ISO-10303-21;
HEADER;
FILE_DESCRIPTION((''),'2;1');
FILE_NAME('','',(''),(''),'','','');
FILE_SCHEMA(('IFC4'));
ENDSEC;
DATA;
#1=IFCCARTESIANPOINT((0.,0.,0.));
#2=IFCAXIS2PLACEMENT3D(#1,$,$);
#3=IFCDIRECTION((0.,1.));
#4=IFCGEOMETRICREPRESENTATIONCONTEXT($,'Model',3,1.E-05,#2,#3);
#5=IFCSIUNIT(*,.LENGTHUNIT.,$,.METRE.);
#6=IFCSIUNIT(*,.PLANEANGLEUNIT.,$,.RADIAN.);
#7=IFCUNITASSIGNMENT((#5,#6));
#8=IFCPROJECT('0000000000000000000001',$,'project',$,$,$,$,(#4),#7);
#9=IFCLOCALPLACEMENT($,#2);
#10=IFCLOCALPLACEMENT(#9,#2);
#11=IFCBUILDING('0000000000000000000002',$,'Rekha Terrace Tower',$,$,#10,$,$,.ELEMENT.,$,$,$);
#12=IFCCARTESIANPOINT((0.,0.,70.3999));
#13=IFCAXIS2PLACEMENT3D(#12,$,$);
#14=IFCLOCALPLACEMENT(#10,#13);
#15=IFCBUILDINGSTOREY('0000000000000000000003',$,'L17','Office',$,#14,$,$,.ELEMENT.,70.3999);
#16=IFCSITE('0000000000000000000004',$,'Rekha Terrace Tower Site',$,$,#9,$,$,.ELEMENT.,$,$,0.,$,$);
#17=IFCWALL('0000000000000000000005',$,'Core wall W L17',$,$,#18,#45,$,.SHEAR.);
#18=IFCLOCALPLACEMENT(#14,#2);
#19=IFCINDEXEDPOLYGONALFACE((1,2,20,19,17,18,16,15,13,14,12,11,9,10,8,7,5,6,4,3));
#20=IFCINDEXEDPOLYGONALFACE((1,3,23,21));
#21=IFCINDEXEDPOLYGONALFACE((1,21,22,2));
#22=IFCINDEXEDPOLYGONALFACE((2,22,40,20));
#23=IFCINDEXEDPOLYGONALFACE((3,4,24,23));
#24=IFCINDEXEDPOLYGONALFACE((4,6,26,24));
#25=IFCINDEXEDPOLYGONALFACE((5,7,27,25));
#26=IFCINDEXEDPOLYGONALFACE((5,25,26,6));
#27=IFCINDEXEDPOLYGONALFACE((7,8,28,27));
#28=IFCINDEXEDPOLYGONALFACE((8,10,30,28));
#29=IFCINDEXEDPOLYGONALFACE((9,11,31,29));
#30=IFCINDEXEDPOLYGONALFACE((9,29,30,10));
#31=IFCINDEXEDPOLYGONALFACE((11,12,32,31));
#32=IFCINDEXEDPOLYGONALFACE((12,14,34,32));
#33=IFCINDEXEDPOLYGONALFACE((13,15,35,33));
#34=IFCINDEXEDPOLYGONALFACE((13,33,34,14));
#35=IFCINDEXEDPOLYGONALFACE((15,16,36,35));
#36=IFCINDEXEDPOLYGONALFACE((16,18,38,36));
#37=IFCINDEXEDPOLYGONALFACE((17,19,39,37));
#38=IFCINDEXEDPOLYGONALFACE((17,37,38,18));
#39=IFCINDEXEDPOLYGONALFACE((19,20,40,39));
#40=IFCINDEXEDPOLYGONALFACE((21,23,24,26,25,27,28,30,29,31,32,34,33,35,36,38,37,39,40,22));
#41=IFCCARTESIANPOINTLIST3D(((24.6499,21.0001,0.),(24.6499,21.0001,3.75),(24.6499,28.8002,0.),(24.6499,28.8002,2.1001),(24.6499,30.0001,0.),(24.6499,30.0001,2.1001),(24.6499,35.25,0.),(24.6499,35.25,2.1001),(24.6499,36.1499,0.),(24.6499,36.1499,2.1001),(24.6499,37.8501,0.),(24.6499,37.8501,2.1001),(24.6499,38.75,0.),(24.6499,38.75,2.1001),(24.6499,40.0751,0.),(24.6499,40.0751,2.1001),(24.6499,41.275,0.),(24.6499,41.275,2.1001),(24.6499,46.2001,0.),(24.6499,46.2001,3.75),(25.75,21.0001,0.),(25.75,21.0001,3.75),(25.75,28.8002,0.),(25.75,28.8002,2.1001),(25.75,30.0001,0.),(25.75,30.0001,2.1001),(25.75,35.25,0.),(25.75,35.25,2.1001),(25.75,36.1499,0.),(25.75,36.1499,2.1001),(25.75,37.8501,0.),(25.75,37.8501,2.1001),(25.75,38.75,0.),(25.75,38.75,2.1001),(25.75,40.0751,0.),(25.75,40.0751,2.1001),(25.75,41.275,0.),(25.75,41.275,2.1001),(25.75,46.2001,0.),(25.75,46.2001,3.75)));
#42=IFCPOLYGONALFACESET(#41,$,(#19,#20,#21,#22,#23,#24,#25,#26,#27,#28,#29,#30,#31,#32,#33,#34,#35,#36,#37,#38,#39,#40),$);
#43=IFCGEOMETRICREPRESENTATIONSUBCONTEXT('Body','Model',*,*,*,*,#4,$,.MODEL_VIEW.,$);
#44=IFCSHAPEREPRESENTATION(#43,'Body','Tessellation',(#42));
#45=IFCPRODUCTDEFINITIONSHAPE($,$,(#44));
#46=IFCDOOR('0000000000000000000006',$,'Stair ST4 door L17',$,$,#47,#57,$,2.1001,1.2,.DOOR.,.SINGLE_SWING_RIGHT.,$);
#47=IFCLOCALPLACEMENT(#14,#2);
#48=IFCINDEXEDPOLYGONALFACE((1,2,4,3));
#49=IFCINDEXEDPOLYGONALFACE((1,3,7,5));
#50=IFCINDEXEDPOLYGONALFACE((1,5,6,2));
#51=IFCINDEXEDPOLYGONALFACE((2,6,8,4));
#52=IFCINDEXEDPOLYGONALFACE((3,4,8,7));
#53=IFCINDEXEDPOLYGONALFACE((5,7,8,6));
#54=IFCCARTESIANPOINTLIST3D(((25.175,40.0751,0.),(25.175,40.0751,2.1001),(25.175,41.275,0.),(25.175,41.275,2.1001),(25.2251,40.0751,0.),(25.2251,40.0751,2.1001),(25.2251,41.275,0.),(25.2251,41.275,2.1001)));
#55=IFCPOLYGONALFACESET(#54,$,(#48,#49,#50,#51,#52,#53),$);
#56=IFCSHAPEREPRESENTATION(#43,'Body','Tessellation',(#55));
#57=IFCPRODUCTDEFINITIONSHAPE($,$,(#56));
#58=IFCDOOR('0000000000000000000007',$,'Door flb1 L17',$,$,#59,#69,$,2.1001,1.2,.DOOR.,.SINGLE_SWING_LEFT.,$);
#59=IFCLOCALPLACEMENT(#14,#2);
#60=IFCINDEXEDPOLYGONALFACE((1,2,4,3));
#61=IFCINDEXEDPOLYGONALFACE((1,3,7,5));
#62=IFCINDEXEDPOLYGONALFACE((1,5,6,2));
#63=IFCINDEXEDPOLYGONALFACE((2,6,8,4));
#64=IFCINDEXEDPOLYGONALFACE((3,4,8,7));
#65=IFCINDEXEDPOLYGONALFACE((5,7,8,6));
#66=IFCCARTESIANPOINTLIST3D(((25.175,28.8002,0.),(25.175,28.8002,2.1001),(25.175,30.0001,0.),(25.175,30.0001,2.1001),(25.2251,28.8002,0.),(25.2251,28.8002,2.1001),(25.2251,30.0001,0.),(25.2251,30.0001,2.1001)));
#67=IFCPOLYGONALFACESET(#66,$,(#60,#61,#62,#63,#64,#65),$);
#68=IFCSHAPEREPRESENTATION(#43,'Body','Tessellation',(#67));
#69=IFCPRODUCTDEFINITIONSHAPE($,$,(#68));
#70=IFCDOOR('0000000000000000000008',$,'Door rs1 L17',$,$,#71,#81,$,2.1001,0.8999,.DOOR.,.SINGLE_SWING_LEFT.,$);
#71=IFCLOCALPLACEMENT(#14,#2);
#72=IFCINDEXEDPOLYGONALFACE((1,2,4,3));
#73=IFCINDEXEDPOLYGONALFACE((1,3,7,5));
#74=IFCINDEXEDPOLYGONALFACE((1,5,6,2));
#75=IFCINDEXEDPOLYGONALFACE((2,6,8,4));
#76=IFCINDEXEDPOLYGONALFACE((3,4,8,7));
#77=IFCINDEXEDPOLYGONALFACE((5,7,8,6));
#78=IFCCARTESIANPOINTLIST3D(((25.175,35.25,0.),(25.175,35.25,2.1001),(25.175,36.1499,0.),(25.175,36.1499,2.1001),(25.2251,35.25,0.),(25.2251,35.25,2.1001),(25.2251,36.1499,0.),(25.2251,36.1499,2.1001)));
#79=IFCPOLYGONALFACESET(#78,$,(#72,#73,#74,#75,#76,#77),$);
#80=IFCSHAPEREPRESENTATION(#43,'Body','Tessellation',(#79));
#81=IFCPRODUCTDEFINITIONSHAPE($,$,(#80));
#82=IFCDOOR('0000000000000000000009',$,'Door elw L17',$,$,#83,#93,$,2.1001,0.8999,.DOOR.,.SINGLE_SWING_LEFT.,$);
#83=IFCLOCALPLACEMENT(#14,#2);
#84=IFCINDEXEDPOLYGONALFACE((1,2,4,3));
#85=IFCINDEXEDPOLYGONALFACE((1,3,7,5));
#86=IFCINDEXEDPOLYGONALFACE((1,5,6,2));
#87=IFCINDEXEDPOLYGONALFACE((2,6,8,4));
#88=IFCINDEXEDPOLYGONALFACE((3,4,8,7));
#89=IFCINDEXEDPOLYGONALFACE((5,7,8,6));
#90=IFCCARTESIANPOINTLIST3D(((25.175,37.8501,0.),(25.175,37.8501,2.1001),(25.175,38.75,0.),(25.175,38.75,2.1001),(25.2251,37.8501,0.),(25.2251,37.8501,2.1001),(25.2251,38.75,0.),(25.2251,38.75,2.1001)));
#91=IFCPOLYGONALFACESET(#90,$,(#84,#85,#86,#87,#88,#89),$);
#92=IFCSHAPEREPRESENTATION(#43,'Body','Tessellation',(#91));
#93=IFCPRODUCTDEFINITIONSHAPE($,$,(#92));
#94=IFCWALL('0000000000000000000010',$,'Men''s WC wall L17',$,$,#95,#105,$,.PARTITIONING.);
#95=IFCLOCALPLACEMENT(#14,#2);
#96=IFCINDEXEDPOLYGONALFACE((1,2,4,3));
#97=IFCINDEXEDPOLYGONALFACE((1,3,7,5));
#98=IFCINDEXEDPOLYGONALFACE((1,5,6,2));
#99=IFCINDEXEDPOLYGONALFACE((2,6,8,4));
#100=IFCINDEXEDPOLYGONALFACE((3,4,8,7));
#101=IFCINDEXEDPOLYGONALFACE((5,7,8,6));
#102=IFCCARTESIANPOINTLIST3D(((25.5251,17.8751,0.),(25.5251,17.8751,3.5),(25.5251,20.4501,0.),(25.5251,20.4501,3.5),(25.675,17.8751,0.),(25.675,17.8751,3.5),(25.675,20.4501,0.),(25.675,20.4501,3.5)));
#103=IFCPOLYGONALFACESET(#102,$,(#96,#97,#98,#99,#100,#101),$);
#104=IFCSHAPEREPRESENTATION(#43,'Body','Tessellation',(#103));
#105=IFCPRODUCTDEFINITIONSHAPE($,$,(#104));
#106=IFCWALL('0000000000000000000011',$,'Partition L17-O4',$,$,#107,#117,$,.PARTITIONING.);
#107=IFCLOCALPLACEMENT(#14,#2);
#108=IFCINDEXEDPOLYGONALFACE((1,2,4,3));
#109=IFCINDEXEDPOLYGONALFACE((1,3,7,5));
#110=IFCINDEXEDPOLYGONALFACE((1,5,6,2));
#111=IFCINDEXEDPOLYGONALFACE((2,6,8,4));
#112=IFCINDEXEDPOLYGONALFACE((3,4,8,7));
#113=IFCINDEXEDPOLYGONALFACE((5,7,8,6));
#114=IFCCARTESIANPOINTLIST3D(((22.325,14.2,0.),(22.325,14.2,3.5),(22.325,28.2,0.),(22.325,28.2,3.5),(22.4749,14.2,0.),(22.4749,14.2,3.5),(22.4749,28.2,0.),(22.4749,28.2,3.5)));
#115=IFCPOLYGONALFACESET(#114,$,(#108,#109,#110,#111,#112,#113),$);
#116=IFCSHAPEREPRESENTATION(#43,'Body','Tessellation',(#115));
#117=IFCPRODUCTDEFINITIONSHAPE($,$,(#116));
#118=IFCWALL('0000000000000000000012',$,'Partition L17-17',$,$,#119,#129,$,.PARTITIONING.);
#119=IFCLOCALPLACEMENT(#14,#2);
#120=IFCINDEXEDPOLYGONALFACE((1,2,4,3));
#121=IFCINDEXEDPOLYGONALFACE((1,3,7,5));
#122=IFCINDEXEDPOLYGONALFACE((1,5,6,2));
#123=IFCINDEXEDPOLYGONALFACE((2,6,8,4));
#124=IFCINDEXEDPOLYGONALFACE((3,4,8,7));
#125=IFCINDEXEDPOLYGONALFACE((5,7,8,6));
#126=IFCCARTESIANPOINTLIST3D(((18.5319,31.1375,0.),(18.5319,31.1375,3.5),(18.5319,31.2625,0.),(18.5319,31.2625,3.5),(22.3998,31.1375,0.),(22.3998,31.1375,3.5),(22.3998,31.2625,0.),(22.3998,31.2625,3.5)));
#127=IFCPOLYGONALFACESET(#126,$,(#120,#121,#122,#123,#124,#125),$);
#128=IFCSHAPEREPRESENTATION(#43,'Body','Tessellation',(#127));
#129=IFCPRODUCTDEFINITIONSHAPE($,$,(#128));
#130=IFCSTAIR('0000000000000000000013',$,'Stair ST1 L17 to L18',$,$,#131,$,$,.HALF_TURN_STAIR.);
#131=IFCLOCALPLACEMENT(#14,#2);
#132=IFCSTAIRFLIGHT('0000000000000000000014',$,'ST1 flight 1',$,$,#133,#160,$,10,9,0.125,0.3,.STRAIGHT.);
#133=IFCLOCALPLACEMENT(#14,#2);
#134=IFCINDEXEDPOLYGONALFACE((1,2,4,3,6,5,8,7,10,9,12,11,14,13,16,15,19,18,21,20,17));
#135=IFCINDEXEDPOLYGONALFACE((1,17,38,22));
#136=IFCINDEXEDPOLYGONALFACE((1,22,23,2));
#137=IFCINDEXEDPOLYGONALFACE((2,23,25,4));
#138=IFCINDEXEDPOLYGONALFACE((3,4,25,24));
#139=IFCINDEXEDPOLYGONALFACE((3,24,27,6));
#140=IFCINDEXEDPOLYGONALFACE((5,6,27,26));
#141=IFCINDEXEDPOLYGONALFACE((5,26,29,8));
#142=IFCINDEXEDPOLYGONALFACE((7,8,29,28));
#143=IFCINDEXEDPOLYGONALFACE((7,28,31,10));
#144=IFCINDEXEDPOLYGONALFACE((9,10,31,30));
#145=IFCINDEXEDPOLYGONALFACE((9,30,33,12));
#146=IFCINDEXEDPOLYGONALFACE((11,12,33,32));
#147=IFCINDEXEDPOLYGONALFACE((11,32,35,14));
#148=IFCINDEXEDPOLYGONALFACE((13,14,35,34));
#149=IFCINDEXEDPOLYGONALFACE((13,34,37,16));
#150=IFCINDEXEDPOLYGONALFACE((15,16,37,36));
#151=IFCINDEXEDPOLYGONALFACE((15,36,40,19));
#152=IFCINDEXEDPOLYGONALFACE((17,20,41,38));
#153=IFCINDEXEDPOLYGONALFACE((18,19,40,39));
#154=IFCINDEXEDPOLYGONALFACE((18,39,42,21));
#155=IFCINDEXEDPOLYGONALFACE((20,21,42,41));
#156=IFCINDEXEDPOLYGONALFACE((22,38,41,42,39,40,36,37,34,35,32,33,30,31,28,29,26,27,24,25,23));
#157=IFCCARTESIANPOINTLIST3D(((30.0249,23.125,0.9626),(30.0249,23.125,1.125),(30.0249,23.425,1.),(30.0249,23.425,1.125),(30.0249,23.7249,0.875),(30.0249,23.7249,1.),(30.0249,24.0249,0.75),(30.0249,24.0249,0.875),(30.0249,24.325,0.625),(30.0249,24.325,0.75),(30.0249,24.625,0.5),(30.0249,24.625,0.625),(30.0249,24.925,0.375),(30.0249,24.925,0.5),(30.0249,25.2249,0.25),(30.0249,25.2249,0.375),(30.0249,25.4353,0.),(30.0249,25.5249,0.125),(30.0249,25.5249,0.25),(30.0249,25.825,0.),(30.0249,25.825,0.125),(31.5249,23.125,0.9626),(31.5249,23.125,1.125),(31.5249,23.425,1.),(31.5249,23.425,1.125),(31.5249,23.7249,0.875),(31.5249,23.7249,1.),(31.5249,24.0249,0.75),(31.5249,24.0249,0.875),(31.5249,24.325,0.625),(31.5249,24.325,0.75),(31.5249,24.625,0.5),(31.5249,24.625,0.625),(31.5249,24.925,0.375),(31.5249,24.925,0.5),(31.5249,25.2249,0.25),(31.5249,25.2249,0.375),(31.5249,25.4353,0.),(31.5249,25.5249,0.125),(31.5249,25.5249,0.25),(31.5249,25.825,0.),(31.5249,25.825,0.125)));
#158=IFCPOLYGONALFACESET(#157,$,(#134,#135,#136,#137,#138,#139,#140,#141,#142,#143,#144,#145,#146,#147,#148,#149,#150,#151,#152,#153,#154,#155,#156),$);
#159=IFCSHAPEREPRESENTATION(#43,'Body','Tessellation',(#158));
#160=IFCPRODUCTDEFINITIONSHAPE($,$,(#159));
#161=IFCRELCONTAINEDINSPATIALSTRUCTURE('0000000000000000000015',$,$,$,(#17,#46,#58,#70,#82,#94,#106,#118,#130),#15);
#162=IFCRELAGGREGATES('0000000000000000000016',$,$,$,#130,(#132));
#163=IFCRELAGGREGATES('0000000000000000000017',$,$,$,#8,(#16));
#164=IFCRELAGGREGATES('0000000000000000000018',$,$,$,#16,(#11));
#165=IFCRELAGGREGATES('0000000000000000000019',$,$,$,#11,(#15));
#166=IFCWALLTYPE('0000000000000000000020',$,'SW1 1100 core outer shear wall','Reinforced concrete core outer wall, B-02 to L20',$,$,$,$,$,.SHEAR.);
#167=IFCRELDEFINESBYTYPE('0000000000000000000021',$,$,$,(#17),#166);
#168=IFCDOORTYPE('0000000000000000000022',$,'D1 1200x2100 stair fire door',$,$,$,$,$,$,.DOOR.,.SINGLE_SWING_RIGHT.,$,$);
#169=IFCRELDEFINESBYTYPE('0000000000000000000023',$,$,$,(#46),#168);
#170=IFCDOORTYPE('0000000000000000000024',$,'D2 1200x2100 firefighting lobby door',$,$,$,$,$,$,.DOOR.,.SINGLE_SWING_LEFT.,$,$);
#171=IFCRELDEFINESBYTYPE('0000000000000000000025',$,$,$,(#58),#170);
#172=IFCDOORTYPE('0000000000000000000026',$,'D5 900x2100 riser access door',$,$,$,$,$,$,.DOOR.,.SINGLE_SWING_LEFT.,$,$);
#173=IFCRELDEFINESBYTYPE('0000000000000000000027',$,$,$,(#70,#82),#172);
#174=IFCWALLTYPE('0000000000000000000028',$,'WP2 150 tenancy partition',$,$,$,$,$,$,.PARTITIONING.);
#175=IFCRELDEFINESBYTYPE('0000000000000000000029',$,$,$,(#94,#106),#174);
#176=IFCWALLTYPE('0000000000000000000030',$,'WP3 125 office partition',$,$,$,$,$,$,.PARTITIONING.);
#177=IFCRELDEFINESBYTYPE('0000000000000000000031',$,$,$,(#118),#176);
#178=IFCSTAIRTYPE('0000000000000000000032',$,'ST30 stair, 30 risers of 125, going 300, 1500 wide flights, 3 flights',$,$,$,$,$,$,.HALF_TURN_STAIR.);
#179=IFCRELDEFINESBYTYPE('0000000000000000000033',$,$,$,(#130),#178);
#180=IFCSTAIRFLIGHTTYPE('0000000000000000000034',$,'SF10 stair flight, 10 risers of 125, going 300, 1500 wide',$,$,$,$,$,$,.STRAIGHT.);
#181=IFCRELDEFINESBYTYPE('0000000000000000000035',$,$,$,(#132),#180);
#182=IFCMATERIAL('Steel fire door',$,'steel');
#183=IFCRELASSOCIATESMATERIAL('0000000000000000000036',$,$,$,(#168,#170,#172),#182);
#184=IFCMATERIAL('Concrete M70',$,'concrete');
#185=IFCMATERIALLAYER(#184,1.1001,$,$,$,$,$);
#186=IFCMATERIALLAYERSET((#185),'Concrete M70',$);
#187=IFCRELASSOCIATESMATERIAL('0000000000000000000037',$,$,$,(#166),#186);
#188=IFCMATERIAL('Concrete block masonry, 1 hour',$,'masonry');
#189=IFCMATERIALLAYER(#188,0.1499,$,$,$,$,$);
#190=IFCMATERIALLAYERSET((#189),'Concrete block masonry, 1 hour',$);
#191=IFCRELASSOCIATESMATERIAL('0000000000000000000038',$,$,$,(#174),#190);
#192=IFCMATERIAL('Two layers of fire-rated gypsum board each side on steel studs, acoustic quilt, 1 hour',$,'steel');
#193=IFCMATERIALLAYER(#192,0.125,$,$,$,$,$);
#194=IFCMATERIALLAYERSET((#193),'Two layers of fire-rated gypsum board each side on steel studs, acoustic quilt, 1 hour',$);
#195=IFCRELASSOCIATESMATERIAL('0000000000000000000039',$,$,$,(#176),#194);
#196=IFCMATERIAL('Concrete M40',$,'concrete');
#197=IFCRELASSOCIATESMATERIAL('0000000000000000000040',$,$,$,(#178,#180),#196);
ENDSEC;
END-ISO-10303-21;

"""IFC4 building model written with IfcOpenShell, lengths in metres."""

from ifc_helpers import new_model, si_unit, direction, frame, frame_2d, origin, place, context, subcontext, project, spatial, polyline, rectangle, outline, extrude, material, layer, layer_set, type_object, element, fill, aggregate, save


model = new_model("IFC4")

# Units and contexts
model_context = context("Model", 3, precision=1e-05, world=origin(), true_north=direction((0.0, 1.0)))
body_context = subcontext(model_context, "Body", "Model", "MODEL_VIEW")
ifc_project = project(units=[si_unit("LENGTHUNIT", "METRE"), si_unit("PLANEANGLEUNIT", "RADIAN")], contexts=[model_context])

# Site, building, storey
site_placement = place(None, origin())
site = spatial("IfcSite", under=ifc_project, at=site_placement, Name="Rekha Terrace Tower Site", CompositionType="ELEMENT", RefElevation=0.0)
building_placement = place(site_placement, origin())
building = spatial("IfcBuilding", under=site, at=building_placement, Name="Rekha Terrace Tower", CompositionType="ELEMENT")
storey_placement = place(building_placement, frame((0.0, 0.0, 70.3999)))
storey = spatial("IfcBuildingStorey", under=building, at=storey_placement, Name="L17", Description="Office", CompositionType="ELEMENT", Elevation=70.3999)

# Shared definitions
ifc_material_1 = material(Name="Concrete M70", Category="concrete")
ifc_material_2 = material(Name="Steel fire door", Category="steel")
door_type_1 = type_object("IfcDoorType", Name="D1 1200x2100 stair fire door", OperationType="SINGLE_SWING_RIGHT", PredefinedType="DOOR", material=ifc_material_2)

# Shared definitions
ifc_layer_1 = layer(ifc_material_1, 1.1001)
ifc_layer_set_1 = layer_set([ifc_layer_1], Name="Concrete M70")
wall_type_1 = type_object("IfcWallType", Name="SW1 1100 core outer shear wall", Description="Reinforced concrete core outer wall, B-02 to L20", PredefinedType="SHEAR", material=ifc_layer_set_1)

# Wall, openings, doors
wall_1_placement = place(storey_placement, frame((25.2, 21.0, 0.0), z_axis=(0.0, 0.0, 1.0), x_axis=(0.0, 1.0, 0.0)))
wall_1 = element("IfcWall", 1, at=wall_1_placement, inside=storey, type_object=wall_type_1, Name="Core wall W L17", PredefinedType="SHEAR", context=body_context, shape_type="SweptSolid", body=[
    extrude(rectangle(XDim=25.2, YDim=1.1001, at=frame_2d((12.6001, 0.0))), origin(), (0.0, 0.0, 1.0), 3.75),
])
opening_1_placement = place(wall_1_placement, frame((7.8, 0.0, 0.0)))
opening_1 = element("IfcOpeningElement", 2, at=opening_1_placement, cuts=wall_1, PredefinedType="OPENING", context=body_context, shape_type="SweptSolid", body=[
    extrude(rectangle(XDim=1.2, YDim=2.1001, at=frame_2d((0.6001, 1.05))), frame((0.0, 0.5601, 0.0), z_axis=(0.0, -1.0, 0.0), x_axis=(1.0, 0.0, 0.0)), (0.0, 0.0, 1.0), 1.1201),
])
opening_2_placement = place(wall_1_placement, frame((14.25, 0.0, 0.0)))
opening_2 = element("IfcOpeningElement", 3, at=opening_2_placement, cuts=wall_1, PredefinedType="OPENING", context=body_context, shape_type="SweptSolid", body=[
    extrude(rectangle(XDim=0.8999, YDim=2.1001, at=frame_2d((0.45, 1.05))), frame((0.0, 0.5601, 0.0), z_axis=(0.0, -1.0, 0.0), x_axis=(1.0, 0.0, 0.0)), (0.0, 0.0, 1.0), 1.1201),
])
opening_3_placement = place(wall_1_placement, frame((16.8501, 0.0, 0.0)))
opening_3 = element("IfcOpeningElement", 4, at=opening_3_placement, cuts=wall_1, PredefinedType="OPENING", context=body_context, shape_type="SweptSolid", body=[
    extrude(rectangle(XDim=0.8999, YDim=2.1001, at=frame_2d((0.45, 1.05))), frame((0.0, 0.5601, 0.0), z_axis=(0.0, -1.0, 0.0), x_axis=(1.0, 0.0, 0.0)), (0.0, 0.0, 1.0), 1.1201),
])
opening_4_placement = place(wall_1_placement, frame((19.075, 0.0, 0.0)))
opening_4 = element("IfcOpeningElement", 5, at=opening_4_placement, cuts=wall_1, PredefinedType="OPENING", context=body_context, shape_type="SweptSolid", body=[
    extrude(rectangle(XDim=1.2, YDim=2.1001, at=frame_2d((0.6001, 1.05))), frame((0.0, 0.5601, 0.0), z_axis=(0.0, -1.0, 0.0), x_axis=(1.0, 0.0, 0.0)), (0.0, 0.0, 1.0), 1.1201),
])
door_1_placement = place(opening_4_placement, origin())
door_1 = element("IfcDoor", 6, at=door_1_placement, inside=storey, type_object=door_type_1, Name="Stair ST4 door L17", OperationType="SINGLE_SWING_RIGHT", OverallHeight=2.1001, OverallWidth=1.2, PredefinedType="DOOR", context=body_context, shape_type="SweptSolid", body=[
    extrude(rectangle(XDim=1.2, YDim=2.1001, at=frame_2d((0.6001, 1.05))), frame((0.0, 0.0249, 0.0), z_axis=(0.0, -1.0, 0.0), x_axis=(1.0, 0.0, 0.0)), (0.0, 0.0, 1.0), 0.05),
])
fill(opening_4, door_1)
door_type_2 = type_object("IfcDoorType", Name="D2 1200x2100 firefighting lobby door", OperationType="SINGLE_SWING_LEFT", PredefinedType="DOOR", material=ifc_material_2)
door_2_placement = place(opening_1_placement, origin())
door_2 = element("IfcDoor", 7, at=door_2_placement, inside=storey, type_object=door_type_2, Name="Door flb1 L17", OperationType="SINGLE_SWING_LEFT", OverallHeight=2.1001, OverallWidth=1.2, PredefinedType="DOOR", context=body_context, shape_type="SweptSolid", body=[
    extrude(rectangle(XDim=1.2, YDim=2.1001, at=frame_2d((0.6001, 1.05))), frame((0.0, 0.0249, 0.0), z_axis=(0.0, -1.0, 0.0), x_axis=(1.0, 0.0, 0.0)), (0.0, 0.0, 1.0), 0.05),
])
fill(opening_1, door_2)
door_type_3 = type_object("IfcDoorType", Name="D5 900x2100 riser access door", OperationType="SINGLE_SWING_LEFT", PredefinedType="DOOR", material=ifc_material_2)
door_3_placement = place(opening_2_placement, origin())
door_3 = element("IfcDoor", 8, at=door_3_placement, inside=storey, type_object=door_type_3, Name="Door rs1 L17", OperationType="SINGLE_SWING_LEFT", OverallHeight=2.1001, OverallWidth=0.8999, PredefinedType="DOOR", context=body_context, shape_type="SweptSolid", body=[
    extrude(rectangle(XDim=0.8999, YDim=2.1001, at=frame_2d((0.45, 1.05))), frame((0.0, 0.0249, 0.0), z_axis=(0.0, -1.0, 0.0), x_axis=(1.0, 0.0, 0.0)), (0.0, 0.0, 1.0), 0.05),
])
fill(opening_2, door_3)
door_4_placement = place(opening_3_placement, origin())
door_4 = element("IfcDoor", 9, at=door_4_placement, inside=storey, type_object=door_type_3, Name="Door elw L17", OperationType="SINGLE_SWING_LEFT", OverallHeight=2.1001, OverallWidth=0.8999, PredefinedType="DOOR", context=body_context, shape_type="SweptSolid", body=[
    extrude(rectangle(XDim=0.8999, YDim=2.1001, at=frame_2d((0.45, 1.05))), frame((0.0, 0.0249, 0.0), z_axis=(0.0, -1.0, 0.0), x_axis=(1.0, 0.0, 0.0)), (0.0, 0.0, 1.0), 0.05),
])
fill(opening_3, door_4)

# Walls
ifc_material_3 = material(Name="Concrete block masonry, 1 hour", Category="masonry")
ifc_layer_2 = layer(ifc_material_3, 0.1499)
ifc_layer_set_2 = layer_set([ifc_layer_2], Name="Concrete block masonry, 1 hour")
wall_type_2 = type_object("IfcWallType", Name="WP2 150 tenancy partition", PredefinedType="PARTITIONING", material=ifc_layer_set_2)
wall_2_placement = place(storey_placement, frame((25.6001, 17.875, 0.0), z_axis=(0.0, 0.0, 1.0), x_axis=(0.0, 1.0, 0.0)))
element("IfcWall", 10, at=wall_2_placement, inside=storey, type_object=wall_type_2, Name="Men's WC wall L17", PredefinedType="PARTITIONING", context=body_context, shape_type="SweptSolid", body=[
    extrude(rectangle(XDim=2.575, YDim=0.1499, at=frame_2d((1.2876, 0.0))), origin(), (0.0, 0.0, 1.0), 3.5),
])
wall_3_placement = place(storey_placement, frame((22.3999, 28.2, 0.0), z_axis=(0.0, 0.0, 1.0), x_axis=(0.0, -1.0, 0.0)))
element("IfcWall", 11, at=wall_3_placement, inside=storey, type_object=wall_type_2, Name="Partition L17-O4", PredefinedType="PARTITIONING", context=body_context, shape_type="SweptSolid", body=[
    extrude(rectangle(XDim=14.0, YDim=0.1499, at=frame_2d((7.0, 0.0))), origin(), (0.0, 0.0, 1.0), 3.5),
])
ifc_material_4 = material(Name="Two layers of fire-rated gypsum board each side on steel studs, acoustic quilt, 1 hour", Category="steel")
ifc_layer_3 = layer(ifc_material_4, 0.125)
ifc_layer_set_3 = layer_set([ifc_layer_3], Name="Two layers of fire-rated gypsum board each side on steel studs, acoustic quilt, 1 hour")
wall_type_3 = type_object("IfcWallType", Name="WP3 125 office partition", PredefinedType="PARTITIONING", material=ifc_layer_set_3)
wall_4_placement = place(storey_placement, frame((22.3999, 31.2, 0.0), z_axis=(0.0, 0.0, 1.0), x_axis=(-1.0, 0.0, 0.0)))
element("IfcWall", 12, at=wall_4_placement, inside=storey, type_object=wall_type_3, Name="Partition L17-17", PredefinedType="PARTITIONING", context=body_context, shape_type="SweptSolid", body=[
    extrude(rectangle(XDim=3.8679, YDim=0.125, at=frame_2d((1.9341, 0.0))), origin(), (0.0, 0.0, 1.0), 3.5),
])

# Stair, stair flight
ifc_material_5 = material(Name="Concrete M40", Category="concrete")
stair_type = type_object("IfcStairType", Name="ST30 stair, 30 risers of 125, going 300, 1500 wide flights, 3 flights", PredefinedType="HALF_TURN_STAIR", material=ifc_material_5)
stair_1_placement = place(storey_placement, origin())
stair_1 = element("IfcStair", 13, at=stair_1_placement, inside=storey, type_object=stair_type, Name="Stair ST1 L17 to L18", PredefinedType="HALF_TURN_STAIR")
stair_flight_type = type_object("IfcStairFlightType", Name="SF10 stair flight, 10 risers of 125, going 300, 1500 wide", PredefinedType="STRAIGHT", material=ifc_material_5)
stair_flight_1_placement = place(storey_placement, frame((30.7749, 25.825, 0.0), z_axis=(0.0, 0.0, 1.0), x_axis=(0.0, -1.0, 0.0)))
stair_flight_1 = element("IfcStairFlight", 14, at=stair_flight_1_placement, type_object=stair_flight_type, Name="ST1 flight 1", NumberOfRisers=10, NumberOfTreads=9, PredefinedType="STRAIGHT", RiserHeight=0.125, TreadLength=0.3, context=body_context, shape_type="SweptSolid", body=[
    extrude(outline(polyline([(0.0, 0.0), (0.0, 0.125), (0.3, 0.125), (0.3, 0.25), (0.6001, 0.25), (0.6001, 0.375), (0.8999, 0.375), (0.8999, 0.5), (1.2, 0.5), (1.2, 0.625), (1.5, 0.625), (1.5, 0.75), (1.8, 0.75), (1.8, 0.875), (2.1001, 0.875), (2.1001, 1.0), (2.3999, 1.0), (2.3999, 1.125), (2.7, 1.125), (2.7, 1.25), (2.7, 0.9626), (0.3896, 0.0), (0.0, 0.0)])), frame((0.0, 0.75, 0.0), z_axis=(0.0, -1.0, 0.0), x_axis=(1.0, 0.0, 0.0)), (0.0, 0.0, 1.0), 1.5),
])
aggregate(stair_1, [stair_flight_1])

save(model, "model.ifc")
